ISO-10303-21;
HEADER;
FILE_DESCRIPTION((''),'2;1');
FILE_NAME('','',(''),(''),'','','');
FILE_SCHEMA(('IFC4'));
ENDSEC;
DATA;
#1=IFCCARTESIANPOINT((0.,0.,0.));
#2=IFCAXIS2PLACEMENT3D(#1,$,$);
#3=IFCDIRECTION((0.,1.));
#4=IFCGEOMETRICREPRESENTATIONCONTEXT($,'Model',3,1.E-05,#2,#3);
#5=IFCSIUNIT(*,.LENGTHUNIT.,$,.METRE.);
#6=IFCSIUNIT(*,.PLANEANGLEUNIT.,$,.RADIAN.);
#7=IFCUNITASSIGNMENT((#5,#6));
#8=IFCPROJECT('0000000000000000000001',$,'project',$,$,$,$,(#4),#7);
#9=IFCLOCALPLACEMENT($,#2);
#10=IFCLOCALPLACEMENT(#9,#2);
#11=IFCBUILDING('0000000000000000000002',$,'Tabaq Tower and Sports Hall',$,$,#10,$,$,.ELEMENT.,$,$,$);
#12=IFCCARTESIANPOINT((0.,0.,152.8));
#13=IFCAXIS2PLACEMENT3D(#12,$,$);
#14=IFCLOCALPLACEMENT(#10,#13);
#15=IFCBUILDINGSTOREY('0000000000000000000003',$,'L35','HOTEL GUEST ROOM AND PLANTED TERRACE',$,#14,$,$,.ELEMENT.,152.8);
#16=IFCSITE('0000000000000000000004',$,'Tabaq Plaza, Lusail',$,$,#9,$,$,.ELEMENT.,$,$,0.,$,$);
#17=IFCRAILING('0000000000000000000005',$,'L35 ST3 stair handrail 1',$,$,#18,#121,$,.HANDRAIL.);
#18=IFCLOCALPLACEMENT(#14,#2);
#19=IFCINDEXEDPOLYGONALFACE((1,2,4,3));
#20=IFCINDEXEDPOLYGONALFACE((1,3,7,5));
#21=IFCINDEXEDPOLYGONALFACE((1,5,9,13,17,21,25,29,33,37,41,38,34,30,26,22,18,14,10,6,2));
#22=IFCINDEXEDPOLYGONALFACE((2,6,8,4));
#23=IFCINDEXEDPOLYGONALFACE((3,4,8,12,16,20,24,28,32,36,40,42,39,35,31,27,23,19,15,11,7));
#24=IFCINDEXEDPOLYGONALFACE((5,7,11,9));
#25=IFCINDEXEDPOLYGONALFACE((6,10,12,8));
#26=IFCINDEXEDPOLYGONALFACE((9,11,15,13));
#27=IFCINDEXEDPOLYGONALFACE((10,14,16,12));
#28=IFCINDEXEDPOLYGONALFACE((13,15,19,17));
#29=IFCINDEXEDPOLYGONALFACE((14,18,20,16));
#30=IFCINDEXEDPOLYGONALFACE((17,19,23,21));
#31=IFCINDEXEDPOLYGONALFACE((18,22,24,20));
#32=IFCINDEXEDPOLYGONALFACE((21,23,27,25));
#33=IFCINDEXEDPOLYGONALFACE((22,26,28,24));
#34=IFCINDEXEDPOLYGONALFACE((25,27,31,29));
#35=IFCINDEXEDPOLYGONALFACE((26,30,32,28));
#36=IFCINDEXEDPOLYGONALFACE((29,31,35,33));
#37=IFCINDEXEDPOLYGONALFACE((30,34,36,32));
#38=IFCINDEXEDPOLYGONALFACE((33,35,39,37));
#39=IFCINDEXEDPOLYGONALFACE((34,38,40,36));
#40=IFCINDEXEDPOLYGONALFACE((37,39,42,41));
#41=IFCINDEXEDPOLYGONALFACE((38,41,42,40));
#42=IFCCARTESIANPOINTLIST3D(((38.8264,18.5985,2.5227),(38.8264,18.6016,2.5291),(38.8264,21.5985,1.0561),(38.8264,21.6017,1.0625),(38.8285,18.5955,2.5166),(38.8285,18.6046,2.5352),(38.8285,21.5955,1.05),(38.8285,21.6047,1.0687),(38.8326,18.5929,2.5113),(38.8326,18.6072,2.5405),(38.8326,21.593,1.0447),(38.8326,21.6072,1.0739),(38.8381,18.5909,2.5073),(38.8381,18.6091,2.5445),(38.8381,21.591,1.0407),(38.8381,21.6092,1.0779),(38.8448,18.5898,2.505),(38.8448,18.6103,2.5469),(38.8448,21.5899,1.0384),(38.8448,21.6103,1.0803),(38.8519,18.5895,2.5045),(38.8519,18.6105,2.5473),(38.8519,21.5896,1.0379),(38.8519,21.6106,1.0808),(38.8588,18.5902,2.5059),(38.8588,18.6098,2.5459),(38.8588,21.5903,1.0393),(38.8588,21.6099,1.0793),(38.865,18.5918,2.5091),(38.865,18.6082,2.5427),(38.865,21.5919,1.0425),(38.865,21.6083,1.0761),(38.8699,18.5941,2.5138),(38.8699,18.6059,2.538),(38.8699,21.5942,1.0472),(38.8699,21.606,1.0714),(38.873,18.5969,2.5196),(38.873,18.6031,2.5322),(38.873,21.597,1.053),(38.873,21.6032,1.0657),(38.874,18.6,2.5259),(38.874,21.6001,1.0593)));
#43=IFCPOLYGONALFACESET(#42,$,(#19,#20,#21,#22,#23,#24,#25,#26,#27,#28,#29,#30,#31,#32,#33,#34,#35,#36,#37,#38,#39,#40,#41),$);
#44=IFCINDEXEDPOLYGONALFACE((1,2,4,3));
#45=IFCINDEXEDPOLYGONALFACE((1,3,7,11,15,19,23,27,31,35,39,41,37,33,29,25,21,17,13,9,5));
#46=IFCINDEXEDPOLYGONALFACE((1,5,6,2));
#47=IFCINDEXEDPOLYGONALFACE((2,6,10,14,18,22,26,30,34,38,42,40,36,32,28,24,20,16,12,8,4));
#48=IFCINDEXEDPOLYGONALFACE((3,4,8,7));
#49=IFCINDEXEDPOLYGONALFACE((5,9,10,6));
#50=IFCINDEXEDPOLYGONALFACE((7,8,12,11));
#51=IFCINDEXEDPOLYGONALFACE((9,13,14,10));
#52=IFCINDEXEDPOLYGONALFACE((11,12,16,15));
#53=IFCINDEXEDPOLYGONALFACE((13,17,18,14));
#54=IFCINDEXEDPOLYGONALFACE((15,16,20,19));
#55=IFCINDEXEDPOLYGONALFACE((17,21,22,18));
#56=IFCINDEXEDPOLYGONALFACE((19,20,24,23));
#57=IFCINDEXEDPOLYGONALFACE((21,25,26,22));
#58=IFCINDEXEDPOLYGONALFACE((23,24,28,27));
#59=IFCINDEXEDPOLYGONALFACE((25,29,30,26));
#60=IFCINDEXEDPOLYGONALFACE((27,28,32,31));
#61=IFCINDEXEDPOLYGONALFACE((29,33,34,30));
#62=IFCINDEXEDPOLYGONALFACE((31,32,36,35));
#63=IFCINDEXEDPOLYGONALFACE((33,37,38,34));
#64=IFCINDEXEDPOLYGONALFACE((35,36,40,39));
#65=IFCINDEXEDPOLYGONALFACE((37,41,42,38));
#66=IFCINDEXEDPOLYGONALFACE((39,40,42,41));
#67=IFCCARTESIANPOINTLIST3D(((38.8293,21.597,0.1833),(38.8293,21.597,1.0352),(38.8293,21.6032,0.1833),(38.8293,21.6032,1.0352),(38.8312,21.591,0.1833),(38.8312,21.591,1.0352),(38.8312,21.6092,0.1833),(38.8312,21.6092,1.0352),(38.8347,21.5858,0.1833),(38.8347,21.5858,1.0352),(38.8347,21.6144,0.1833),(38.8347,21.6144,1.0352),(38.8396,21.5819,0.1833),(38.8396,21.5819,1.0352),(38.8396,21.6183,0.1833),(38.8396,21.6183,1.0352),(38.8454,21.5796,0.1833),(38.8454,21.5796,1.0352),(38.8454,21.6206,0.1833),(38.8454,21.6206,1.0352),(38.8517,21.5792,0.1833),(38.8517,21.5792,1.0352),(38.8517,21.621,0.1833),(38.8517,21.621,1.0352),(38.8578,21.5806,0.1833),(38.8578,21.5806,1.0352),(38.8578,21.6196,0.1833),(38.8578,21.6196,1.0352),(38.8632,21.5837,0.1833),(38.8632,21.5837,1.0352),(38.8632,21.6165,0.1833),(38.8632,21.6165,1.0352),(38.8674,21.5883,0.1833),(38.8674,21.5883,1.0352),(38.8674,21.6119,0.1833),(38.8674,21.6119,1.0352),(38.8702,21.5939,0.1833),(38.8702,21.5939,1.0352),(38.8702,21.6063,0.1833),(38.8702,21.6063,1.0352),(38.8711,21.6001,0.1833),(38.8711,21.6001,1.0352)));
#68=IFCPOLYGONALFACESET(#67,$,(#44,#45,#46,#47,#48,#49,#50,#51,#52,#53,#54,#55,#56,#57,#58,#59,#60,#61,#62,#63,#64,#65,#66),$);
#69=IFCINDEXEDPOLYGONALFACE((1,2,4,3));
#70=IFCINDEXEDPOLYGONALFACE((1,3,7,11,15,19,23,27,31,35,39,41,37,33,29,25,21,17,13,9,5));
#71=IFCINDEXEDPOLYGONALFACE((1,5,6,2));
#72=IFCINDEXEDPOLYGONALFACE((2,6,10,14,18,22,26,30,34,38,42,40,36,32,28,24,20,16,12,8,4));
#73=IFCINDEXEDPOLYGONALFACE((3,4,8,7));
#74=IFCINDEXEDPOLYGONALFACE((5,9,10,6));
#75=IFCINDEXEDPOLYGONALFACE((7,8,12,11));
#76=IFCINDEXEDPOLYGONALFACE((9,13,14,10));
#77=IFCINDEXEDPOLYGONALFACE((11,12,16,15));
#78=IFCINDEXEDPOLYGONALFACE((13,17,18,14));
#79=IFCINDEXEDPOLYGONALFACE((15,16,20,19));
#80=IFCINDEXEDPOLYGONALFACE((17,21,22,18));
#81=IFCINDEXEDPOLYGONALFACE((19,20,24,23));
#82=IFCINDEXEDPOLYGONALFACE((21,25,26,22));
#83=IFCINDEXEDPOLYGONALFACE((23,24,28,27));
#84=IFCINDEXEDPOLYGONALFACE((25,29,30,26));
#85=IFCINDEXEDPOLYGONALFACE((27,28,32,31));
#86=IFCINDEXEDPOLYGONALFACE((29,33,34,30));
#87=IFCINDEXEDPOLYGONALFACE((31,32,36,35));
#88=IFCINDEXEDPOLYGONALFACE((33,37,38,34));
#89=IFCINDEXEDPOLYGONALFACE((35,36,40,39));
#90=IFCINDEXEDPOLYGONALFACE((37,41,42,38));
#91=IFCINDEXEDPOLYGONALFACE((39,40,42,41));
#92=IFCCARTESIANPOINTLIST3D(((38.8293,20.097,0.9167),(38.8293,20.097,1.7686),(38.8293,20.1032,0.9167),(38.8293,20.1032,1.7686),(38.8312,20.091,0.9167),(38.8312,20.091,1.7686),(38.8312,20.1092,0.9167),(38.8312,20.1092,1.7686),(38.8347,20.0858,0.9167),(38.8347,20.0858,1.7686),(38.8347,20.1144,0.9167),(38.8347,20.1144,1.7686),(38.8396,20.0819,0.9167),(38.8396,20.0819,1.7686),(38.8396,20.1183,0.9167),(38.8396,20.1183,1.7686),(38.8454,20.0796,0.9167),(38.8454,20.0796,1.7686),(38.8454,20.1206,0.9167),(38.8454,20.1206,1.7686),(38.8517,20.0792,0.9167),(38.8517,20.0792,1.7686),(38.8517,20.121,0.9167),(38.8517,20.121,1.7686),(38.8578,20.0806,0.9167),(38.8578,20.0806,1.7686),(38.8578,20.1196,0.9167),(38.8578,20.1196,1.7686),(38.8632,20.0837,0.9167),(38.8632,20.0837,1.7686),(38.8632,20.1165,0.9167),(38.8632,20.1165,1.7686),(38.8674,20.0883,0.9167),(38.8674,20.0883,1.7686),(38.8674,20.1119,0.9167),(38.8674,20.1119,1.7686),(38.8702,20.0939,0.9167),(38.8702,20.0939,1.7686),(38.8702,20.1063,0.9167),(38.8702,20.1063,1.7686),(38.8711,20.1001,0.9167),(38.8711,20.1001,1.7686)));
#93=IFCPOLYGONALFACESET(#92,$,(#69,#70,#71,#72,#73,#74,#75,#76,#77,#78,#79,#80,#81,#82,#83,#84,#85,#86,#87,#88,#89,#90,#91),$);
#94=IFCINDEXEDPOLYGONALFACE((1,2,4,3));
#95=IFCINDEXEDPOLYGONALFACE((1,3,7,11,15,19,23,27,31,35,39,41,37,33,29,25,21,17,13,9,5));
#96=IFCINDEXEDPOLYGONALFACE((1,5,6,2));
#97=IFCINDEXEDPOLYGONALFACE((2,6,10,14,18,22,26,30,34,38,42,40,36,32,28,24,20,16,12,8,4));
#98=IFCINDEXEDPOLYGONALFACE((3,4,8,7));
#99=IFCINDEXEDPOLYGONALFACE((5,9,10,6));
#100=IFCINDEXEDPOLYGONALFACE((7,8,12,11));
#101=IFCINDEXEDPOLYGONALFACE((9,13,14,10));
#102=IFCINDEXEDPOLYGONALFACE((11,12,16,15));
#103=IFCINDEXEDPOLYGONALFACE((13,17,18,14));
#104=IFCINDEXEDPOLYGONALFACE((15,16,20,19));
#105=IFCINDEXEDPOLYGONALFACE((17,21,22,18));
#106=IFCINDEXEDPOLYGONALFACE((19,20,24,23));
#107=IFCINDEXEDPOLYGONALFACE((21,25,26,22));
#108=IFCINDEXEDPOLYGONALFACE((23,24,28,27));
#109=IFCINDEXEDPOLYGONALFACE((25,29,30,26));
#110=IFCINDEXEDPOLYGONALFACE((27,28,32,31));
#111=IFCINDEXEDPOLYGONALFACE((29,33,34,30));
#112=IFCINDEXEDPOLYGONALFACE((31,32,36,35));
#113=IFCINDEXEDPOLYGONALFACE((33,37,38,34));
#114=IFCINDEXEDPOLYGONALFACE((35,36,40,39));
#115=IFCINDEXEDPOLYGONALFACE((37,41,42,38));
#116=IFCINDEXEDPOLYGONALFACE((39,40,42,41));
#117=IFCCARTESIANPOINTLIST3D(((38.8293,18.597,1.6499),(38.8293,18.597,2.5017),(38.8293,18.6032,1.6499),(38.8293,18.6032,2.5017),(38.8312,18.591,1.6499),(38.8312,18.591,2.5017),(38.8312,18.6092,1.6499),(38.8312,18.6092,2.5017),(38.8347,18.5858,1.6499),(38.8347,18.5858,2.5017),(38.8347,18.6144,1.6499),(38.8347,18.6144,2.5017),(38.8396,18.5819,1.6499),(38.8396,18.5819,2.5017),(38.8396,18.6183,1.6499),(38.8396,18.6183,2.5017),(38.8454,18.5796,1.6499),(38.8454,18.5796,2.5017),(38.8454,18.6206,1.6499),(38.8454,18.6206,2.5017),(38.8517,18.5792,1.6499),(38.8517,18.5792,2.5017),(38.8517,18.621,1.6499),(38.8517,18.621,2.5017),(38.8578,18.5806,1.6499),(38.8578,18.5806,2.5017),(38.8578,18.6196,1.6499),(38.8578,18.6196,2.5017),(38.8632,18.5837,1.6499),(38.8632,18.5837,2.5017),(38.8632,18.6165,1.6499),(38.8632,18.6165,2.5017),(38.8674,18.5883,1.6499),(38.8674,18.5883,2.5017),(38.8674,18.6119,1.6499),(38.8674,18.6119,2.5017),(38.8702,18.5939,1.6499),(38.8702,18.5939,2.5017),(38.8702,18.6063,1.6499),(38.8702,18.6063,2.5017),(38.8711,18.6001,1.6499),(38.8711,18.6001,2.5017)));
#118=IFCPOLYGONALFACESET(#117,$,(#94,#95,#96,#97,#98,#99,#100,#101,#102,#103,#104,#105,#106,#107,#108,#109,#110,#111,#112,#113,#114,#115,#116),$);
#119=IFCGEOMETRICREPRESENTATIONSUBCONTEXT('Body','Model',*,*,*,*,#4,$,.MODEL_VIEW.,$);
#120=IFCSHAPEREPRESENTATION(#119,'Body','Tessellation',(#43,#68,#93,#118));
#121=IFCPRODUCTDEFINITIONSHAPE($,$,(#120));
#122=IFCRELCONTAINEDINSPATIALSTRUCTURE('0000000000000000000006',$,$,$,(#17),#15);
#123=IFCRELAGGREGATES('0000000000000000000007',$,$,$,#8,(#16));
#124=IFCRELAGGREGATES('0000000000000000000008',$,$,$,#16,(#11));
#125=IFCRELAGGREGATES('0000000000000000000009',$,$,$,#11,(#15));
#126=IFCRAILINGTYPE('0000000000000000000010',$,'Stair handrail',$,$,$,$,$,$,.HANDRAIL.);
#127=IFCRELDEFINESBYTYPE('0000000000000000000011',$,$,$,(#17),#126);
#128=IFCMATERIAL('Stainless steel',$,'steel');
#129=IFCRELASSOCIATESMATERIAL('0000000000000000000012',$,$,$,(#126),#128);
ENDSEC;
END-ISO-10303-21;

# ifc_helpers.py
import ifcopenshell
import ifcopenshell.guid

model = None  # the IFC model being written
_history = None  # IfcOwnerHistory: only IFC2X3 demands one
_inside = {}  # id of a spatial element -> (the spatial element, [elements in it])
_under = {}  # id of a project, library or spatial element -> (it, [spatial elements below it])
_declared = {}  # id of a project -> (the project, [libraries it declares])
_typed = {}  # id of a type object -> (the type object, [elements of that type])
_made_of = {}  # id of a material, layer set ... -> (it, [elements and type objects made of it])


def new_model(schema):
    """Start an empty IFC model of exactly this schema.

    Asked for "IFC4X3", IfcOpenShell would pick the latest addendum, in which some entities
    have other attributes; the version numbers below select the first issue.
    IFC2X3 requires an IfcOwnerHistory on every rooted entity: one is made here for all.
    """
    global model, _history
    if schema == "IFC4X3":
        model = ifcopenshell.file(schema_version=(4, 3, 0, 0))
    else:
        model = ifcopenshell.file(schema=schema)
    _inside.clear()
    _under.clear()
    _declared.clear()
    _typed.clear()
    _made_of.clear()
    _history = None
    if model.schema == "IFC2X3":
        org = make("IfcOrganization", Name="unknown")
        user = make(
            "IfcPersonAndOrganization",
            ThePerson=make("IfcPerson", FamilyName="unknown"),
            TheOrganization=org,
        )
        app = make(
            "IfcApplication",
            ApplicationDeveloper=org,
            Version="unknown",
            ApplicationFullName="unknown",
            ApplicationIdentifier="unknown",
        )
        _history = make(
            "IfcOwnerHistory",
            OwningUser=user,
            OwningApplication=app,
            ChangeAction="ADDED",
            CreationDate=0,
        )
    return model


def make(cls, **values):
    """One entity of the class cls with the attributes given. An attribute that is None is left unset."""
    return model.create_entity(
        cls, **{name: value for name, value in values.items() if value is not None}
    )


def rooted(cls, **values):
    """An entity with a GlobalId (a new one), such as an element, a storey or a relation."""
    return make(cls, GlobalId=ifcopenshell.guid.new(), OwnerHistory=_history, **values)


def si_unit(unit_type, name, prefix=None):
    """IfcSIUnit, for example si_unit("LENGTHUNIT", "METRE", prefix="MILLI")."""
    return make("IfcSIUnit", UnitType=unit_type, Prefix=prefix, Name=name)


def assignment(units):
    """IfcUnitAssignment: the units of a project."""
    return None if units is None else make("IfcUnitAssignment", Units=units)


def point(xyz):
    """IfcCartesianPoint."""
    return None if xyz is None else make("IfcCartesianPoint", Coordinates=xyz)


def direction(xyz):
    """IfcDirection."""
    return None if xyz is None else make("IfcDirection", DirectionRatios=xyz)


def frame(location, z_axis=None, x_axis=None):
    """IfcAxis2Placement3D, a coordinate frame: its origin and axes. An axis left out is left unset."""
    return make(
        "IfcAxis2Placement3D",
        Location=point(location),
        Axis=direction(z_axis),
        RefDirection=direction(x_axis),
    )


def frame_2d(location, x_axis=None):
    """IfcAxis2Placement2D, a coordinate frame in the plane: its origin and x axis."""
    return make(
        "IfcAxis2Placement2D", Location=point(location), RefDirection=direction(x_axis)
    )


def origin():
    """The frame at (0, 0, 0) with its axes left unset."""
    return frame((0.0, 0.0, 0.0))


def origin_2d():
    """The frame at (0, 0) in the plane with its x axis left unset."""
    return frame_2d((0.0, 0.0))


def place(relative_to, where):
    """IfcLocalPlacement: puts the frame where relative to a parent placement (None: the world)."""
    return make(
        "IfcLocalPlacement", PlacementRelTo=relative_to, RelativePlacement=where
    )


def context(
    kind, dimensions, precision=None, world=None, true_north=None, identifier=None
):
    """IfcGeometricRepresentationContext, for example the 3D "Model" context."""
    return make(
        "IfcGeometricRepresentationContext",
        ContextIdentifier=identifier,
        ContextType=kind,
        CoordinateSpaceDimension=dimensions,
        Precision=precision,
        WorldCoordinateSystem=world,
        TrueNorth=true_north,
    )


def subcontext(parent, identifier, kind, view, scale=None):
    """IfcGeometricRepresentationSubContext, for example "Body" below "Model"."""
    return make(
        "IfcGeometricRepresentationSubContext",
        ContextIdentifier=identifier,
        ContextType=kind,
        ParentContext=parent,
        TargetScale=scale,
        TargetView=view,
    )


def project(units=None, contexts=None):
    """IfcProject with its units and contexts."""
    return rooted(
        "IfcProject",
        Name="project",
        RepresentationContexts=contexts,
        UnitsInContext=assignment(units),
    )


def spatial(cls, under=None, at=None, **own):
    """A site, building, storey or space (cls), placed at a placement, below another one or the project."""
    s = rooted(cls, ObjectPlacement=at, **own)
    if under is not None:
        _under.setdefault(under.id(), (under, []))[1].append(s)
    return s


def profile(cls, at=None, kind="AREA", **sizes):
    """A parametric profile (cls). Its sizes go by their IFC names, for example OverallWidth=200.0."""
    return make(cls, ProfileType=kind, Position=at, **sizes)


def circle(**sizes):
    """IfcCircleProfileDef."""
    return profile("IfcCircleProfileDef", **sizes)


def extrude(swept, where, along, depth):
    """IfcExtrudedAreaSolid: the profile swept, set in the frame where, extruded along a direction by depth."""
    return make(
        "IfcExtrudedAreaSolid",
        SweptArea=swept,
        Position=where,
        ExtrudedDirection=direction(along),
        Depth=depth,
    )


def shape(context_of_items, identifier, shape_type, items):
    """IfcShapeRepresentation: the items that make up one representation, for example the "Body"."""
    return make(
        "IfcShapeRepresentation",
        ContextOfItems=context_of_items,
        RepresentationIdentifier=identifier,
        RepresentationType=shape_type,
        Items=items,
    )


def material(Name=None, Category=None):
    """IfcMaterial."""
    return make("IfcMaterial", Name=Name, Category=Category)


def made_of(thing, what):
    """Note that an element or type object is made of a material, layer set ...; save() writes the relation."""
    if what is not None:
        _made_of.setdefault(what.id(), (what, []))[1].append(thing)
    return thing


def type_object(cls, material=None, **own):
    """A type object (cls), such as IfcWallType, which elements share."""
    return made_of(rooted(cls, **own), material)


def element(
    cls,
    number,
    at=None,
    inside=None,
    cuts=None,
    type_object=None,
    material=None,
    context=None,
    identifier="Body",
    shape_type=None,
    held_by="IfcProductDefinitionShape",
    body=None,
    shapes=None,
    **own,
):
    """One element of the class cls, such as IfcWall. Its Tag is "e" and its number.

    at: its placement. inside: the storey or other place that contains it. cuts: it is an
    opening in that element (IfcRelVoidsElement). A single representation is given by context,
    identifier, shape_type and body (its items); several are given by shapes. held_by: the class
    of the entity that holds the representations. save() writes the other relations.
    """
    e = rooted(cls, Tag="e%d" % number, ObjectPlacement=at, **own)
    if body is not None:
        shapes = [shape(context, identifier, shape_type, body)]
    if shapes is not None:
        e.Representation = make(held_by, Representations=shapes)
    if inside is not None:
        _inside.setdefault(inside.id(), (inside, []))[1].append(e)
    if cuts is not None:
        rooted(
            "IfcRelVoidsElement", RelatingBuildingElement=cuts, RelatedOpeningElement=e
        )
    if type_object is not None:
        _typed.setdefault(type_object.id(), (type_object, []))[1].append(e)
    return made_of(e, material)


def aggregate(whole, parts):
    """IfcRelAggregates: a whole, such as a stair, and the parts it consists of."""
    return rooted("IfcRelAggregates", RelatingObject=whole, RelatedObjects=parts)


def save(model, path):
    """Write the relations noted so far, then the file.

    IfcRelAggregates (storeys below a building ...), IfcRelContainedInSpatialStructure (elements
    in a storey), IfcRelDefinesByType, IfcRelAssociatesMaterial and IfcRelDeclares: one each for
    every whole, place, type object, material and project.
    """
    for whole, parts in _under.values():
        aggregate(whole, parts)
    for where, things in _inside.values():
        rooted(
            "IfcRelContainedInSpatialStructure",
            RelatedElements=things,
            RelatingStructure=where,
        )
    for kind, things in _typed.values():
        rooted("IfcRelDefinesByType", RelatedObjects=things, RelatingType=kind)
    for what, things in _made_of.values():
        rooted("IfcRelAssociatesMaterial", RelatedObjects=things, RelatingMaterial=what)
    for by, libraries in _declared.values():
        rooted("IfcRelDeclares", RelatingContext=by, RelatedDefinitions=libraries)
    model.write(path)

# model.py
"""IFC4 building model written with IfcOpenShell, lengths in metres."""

from ifc_helpers import new_model, si_unit, direction, frame, origin, origin_2d, place, context, subcontext, project, spatial, circle, extrude, material, type_object, element, save


model = new_model("IFC4")

# Units and contexts
model_context = context("Model", 3, precision=1e-05, world=origin(), true_north=direction((0.0, 1.0)))
body_context = subcontext(model_context, "Body", "Model", "MODEL_VIEW")
ifc_project = project(units=[si_unit("LENGTHUNIT", "METRE"), si_unit("PLANEANGLEUNIT", "RADIAN")], contexts=[model_context])

# Site, building, storey
site_placement = place(None, origin())
site = spatial("IfcSite", under=ifc_project, at=site_placement, Name="Tabaq Plaza, Lusail", CompositionType="ELEMENT", RefElevation=0.0)
building_placement = place(site_placement, origin())
building = spatial("IfcBuilding", under=site, at=building_placement, Name="Tabaq Tower and Sports Hall", CompositionType="ELEMENT")
storey_placement = place(building_placement, frame((0.0, 0.0, 152.8)))
storey = spatial("IfcBuildingStorey", under=building, at=storey_placement, Name="L35", Description="HOTEL GUEST ROOM AND PLANTED TERRACE", CompositionType="ELEMENT", Elevation=152.8)

# Railing
ifc_material_1 = material(Name="Stainless steel", Category="steel")
railing_type_1 = type_object("IfcRailingType", Name="Stair handrail", PredefinedType="HANDRAIL", material=ifc_material_1)
railing_1_placement = place(storey_placement, frame((38.8501, 21.6001, 0.1833)))
element("IfcRailing", 1, at=railing_1_placement, inside=storey, type_object=railing_type_1, Name="L35 ST3 stair handrail 1", PredefinedType="HANDRAIL", context=body_context, shape_type="SweptSolid", body=[
    extrude(circle(Radius=0.0239, at=origin_2d()), frame((0.0, 0.0, 0.876), z_axis=(0.0, -0.898398, 0.439183), x_axis=(1.0, 0.0, 0.0)), (0.0, 0.0, 1.0), 3.3394),
    extrude(circle(Radius=0.021, at=origin_2d()), origin(), (0.0, 0.0, 1.0), 0.8518),
    extrude(circle(Radius=0.021, at=origin_2d()), frame((0.0, -1.5, 0.7334)), (0.0, 0.0, 1.0), 0.8518),
    extrude(circle(Radius=0.021, at=origin_2d()), frame((0.0, -3.0, 1.4666)), (0.0, 0.0, 1.0), 0.8518),
])

save(model, "model.ifc")
